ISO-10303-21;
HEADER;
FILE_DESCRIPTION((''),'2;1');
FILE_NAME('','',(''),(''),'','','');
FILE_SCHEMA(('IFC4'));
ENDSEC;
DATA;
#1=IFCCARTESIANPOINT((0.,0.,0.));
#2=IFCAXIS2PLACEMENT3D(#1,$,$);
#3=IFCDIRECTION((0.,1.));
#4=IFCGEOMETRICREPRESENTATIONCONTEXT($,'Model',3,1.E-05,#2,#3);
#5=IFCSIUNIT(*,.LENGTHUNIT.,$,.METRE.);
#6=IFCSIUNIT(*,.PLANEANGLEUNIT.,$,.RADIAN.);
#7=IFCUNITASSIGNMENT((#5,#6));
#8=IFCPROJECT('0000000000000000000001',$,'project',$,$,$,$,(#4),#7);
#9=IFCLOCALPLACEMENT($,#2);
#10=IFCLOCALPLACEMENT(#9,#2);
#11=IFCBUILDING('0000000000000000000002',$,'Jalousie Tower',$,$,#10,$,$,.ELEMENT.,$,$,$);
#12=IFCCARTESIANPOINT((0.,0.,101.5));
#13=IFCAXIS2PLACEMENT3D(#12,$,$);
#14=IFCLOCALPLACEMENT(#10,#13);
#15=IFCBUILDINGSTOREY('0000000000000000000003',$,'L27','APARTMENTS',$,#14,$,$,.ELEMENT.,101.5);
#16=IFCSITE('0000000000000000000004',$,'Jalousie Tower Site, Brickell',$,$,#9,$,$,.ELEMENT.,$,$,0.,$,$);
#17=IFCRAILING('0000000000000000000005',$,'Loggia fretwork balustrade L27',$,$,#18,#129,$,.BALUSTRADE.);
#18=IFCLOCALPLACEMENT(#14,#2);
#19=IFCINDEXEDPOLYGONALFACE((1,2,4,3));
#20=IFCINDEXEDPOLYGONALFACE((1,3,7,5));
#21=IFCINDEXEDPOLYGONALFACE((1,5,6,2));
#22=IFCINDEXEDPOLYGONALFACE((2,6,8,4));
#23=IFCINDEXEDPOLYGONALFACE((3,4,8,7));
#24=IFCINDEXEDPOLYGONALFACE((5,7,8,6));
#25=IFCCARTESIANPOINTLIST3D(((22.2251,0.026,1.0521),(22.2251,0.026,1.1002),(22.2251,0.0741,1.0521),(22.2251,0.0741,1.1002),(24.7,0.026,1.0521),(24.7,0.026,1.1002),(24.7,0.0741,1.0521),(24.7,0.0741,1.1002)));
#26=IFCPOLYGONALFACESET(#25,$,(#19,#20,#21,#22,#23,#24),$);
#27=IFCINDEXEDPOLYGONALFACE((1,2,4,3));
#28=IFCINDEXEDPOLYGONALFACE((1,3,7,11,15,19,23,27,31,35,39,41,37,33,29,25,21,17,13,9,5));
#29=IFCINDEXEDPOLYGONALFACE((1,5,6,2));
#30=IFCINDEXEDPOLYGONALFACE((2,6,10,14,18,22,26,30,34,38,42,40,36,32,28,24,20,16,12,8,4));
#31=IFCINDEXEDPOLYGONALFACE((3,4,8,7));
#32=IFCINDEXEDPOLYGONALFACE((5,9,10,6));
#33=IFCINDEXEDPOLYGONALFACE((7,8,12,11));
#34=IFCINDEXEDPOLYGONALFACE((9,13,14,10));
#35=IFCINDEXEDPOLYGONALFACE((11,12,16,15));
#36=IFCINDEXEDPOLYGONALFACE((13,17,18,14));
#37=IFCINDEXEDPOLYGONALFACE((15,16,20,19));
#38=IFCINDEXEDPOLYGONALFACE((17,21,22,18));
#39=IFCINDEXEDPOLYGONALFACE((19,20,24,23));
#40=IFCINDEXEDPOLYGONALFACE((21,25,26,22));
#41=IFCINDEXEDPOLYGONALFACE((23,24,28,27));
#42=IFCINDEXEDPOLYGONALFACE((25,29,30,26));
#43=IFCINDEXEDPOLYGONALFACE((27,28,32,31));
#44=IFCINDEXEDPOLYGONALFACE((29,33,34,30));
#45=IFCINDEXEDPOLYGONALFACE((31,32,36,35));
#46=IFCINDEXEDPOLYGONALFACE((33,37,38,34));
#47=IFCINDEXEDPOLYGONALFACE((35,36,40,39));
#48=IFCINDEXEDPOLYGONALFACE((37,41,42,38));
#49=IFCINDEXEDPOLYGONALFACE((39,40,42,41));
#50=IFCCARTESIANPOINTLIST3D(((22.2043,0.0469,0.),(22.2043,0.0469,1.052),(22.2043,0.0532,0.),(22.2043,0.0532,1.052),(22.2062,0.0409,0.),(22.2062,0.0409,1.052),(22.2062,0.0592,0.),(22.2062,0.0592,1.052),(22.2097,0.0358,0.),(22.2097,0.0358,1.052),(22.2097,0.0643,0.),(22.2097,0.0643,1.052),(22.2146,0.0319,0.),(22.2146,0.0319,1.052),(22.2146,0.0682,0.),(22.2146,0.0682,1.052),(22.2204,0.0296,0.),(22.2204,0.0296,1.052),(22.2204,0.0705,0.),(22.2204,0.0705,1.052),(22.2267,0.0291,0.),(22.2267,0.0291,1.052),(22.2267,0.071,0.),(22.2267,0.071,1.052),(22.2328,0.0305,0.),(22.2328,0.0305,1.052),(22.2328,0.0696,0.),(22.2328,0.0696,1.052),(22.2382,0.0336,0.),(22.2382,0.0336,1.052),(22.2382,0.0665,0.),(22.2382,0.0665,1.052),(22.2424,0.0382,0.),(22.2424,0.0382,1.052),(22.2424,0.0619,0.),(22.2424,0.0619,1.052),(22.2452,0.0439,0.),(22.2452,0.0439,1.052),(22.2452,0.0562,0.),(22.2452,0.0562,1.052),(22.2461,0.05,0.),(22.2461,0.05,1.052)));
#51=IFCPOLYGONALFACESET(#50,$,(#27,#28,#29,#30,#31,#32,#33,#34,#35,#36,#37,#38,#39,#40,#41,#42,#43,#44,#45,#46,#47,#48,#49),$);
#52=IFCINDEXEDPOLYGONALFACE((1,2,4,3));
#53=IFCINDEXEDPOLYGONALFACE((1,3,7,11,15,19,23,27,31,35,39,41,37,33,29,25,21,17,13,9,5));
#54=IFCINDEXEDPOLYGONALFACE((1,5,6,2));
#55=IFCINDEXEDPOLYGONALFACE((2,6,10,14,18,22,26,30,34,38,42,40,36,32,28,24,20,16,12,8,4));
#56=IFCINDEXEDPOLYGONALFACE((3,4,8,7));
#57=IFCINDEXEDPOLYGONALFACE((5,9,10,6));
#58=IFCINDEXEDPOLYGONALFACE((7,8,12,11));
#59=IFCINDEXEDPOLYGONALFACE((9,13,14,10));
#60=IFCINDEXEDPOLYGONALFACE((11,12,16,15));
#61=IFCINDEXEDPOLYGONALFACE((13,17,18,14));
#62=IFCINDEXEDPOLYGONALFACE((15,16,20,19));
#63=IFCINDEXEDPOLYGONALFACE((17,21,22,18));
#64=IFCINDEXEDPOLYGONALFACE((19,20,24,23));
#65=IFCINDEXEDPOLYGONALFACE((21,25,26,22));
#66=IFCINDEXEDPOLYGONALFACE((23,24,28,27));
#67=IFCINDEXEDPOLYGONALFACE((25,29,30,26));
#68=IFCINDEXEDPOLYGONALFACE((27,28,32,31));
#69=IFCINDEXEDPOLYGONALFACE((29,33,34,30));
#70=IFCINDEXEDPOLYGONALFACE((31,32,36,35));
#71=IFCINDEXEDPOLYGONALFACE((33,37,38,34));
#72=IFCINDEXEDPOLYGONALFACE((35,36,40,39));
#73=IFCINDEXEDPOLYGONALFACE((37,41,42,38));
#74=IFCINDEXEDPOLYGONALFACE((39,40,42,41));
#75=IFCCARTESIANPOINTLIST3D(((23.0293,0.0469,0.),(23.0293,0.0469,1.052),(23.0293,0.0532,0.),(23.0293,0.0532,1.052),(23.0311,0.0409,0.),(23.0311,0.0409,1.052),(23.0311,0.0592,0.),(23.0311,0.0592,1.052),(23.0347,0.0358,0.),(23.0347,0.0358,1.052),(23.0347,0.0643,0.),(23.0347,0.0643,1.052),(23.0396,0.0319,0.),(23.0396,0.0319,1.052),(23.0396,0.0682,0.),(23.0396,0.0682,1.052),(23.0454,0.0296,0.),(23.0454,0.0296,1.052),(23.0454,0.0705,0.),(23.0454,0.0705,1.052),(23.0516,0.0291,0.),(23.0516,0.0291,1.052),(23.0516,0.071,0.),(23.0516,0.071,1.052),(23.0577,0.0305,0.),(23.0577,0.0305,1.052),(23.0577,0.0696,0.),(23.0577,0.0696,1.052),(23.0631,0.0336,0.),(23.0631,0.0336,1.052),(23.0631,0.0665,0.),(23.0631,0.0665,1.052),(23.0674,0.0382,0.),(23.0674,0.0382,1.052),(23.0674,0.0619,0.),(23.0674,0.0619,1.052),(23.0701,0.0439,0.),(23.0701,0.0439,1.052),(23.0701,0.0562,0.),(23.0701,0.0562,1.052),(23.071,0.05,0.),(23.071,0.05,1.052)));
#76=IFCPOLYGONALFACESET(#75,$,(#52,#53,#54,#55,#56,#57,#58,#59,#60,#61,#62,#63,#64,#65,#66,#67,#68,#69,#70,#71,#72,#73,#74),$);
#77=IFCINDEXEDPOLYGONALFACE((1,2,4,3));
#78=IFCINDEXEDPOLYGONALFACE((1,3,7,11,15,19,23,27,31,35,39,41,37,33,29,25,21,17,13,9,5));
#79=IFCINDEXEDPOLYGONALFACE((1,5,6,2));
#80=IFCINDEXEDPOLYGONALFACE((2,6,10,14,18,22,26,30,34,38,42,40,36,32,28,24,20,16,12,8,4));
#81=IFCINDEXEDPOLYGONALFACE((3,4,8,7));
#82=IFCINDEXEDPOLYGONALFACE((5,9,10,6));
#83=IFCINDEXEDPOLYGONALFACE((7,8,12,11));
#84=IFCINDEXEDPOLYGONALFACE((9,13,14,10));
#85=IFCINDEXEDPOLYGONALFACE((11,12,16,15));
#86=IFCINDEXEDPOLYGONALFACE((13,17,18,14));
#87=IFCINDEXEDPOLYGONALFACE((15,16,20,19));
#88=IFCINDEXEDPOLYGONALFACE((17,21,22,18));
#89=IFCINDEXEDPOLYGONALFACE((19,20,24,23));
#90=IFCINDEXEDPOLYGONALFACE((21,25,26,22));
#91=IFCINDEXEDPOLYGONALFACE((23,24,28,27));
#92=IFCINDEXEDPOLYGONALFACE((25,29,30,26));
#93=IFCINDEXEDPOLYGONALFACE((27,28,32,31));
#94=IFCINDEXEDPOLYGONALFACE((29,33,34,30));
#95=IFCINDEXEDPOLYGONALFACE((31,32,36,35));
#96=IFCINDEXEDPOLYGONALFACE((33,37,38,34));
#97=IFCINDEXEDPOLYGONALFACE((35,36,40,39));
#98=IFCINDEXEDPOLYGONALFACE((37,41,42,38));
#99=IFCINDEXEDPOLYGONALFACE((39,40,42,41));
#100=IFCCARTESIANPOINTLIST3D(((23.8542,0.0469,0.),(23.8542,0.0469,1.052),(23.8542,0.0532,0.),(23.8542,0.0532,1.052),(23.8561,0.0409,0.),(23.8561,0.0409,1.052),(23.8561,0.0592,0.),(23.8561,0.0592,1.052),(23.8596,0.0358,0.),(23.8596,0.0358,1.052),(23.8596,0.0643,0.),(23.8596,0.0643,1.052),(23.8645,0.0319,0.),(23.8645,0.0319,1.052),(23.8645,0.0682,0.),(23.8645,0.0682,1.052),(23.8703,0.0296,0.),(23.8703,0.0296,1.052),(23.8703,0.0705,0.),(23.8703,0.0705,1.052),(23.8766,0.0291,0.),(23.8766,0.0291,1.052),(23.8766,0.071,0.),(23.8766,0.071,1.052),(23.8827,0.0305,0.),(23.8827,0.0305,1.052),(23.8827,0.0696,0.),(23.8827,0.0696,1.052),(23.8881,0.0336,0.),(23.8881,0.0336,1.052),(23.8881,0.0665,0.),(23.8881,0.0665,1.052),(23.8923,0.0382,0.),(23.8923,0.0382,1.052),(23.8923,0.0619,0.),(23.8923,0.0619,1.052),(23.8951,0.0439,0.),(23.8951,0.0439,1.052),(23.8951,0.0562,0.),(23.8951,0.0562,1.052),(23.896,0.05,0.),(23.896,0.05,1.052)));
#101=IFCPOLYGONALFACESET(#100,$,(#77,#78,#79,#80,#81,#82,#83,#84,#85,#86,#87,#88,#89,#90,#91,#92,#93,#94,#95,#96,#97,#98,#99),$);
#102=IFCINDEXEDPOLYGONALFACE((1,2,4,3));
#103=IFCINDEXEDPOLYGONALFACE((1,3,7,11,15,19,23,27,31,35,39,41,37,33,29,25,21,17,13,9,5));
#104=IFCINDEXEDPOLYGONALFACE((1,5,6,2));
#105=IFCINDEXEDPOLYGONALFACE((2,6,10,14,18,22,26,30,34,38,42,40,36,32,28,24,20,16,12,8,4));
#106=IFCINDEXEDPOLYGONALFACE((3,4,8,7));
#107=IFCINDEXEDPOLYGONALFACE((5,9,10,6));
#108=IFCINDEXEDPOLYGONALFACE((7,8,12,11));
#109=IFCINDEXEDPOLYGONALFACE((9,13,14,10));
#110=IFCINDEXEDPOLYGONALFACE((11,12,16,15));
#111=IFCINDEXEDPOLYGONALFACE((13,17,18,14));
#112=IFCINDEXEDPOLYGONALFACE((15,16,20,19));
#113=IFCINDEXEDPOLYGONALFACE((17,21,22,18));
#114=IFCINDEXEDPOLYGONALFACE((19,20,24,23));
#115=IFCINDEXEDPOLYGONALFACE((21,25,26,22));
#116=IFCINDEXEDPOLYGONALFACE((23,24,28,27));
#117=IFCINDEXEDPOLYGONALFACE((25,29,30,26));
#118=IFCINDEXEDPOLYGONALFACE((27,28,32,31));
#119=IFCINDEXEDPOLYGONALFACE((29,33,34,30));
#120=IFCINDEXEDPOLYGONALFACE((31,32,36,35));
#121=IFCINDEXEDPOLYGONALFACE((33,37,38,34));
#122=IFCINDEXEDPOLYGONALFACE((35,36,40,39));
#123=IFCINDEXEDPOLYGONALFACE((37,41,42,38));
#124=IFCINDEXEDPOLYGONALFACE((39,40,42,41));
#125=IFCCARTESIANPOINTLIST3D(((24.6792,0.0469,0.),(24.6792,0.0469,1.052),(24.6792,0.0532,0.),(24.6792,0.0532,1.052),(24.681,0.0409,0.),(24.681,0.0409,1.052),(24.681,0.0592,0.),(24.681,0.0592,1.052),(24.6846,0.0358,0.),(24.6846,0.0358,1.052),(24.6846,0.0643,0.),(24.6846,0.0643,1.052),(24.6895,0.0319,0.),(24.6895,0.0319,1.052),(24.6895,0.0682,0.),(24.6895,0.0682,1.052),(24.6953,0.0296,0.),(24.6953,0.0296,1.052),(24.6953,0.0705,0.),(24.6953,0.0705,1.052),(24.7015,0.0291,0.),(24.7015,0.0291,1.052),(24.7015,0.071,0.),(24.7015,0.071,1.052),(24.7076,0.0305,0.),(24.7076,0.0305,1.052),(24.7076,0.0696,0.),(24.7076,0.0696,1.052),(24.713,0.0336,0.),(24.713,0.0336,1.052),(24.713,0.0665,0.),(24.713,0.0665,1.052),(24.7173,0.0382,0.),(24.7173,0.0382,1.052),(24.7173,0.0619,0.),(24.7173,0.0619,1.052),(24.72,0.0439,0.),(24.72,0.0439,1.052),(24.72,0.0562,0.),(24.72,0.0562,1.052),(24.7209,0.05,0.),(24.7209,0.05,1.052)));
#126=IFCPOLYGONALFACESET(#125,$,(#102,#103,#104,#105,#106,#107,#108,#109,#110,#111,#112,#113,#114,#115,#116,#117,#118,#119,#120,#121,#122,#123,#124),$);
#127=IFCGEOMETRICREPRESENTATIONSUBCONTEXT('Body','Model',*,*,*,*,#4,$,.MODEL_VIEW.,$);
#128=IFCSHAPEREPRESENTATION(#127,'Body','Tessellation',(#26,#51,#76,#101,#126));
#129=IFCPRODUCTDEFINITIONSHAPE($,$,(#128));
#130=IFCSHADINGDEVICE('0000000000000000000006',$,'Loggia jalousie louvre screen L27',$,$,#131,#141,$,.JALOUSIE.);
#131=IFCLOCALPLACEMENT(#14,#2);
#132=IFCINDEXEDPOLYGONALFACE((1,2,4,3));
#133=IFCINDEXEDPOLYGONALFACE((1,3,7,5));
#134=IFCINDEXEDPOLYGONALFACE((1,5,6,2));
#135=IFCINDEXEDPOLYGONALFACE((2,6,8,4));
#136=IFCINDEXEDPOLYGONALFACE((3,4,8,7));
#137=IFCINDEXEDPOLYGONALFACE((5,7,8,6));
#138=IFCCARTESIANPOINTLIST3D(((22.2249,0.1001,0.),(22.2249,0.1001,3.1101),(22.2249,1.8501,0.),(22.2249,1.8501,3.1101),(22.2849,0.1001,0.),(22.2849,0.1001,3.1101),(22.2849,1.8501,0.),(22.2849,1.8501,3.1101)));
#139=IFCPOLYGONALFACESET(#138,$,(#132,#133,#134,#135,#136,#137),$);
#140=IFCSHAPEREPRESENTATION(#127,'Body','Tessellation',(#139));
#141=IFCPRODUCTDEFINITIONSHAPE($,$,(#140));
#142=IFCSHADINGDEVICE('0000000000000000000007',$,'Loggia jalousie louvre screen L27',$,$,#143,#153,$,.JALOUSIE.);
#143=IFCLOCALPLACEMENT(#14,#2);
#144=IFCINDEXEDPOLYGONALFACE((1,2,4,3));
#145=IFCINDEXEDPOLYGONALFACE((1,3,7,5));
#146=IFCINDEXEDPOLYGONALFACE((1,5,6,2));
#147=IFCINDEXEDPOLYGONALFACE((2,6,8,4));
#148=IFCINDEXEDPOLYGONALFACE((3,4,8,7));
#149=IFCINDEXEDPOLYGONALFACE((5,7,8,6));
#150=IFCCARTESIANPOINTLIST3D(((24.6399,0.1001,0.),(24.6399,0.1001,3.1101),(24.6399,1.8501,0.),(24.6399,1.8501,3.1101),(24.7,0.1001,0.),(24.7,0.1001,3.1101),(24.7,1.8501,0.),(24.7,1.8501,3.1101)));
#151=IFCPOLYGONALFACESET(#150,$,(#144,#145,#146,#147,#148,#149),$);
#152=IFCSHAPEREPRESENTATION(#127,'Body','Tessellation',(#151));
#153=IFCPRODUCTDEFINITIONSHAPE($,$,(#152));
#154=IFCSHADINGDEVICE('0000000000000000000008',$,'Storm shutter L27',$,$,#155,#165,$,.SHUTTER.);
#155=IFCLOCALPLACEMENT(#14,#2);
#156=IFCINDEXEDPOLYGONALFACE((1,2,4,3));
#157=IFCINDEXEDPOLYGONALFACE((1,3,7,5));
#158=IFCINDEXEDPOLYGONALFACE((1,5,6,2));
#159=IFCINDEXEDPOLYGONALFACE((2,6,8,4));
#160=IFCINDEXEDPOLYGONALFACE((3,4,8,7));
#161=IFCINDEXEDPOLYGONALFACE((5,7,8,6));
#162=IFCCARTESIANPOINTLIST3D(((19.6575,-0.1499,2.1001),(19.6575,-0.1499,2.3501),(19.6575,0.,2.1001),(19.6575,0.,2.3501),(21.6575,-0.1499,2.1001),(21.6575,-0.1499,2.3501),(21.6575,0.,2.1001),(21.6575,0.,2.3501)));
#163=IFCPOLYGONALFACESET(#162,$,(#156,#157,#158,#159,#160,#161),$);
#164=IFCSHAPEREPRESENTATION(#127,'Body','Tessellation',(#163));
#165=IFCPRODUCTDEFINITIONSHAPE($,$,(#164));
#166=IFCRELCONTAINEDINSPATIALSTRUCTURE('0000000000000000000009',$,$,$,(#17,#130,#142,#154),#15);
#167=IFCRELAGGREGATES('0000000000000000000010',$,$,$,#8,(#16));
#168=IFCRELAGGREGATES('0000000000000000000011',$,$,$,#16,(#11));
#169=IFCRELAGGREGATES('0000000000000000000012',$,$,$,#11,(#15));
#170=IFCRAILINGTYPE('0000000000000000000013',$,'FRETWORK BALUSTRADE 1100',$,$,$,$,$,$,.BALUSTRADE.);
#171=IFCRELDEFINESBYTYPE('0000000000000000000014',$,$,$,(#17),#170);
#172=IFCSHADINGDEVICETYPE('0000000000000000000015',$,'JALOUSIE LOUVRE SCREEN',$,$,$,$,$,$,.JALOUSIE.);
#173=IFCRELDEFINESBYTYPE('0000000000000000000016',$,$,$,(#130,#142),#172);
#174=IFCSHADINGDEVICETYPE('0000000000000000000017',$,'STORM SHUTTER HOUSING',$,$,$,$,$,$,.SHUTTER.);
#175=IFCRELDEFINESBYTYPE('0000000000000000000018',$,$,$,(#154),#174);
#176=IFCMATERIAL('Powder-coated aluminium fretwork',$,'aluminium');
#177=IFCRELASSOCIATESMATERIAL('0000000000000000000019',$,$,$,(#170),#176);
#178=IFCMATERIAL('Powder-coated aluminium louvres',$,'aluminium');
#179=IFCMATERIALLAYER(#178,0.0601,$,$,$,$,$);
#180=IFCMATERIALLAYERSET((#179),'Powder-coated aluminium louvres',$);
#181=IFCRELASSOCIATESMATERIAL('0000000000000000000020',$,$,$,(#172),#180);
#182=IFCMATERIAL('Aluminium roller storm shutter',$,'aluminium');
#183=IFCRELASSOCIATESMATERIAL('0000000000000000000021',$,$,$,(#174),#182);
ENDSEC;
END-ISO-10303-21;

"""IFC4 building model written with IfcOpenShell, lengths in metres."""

from ifc_helpers import new_model, si_unit, direction, frame, origin, origin_2d, place, context, subcontext, project, spatial, rectangle, circle, extrude, material, layer, layer_set, type_object, element, save


model = new_model("IFC4")

# Units and contexts
model_context = context("Model", 3, precision=1e-05, world=origin(), true_north=direction((0.0, 1.0)))
body_context = subcontext(model_context, "Body", "Model", "MODEL_VIEW")
ifc_project = project(units=[si_unit("LENGTHUNIT", "METRE"), si_unit("PLANEANGLEUNIT", "RADIAN")], contexts=[model_context])

# Site, building, storey
site_placement = place(None, origin())
site = spatial("IfcSite", under=ifc_project, at=site_placement, Name="Jalousie Tower Site, Brickell", CompositionType="ELEMENT", RefElevation=0.0)
building_placement = place(site_placement, origin())
building = spatial("IfcBuilding", under=site, at=building_placement, Name="Jalousie Tower", CompositionType="ELEMENT")
storey_placement = place(building_placement, frame((0.0, 0.0, 101.5)))
storey = spatial("IfcBuildingStorey", under=building, at=storey_placement, Name="L27", Description="APARTMENTS", CompositionType="ELEMENT", Elevation=101.5)

# Railing
ifc_material_1 = material(Name="Powder-coated aluminium fretwork", Category="aluminium")
railing_type = type_object("IfcRailingType", Name="FRETWORK BALUSTRADE 1100", PredefinedType="BALUSTRADE", material=ifc_material_1)
railing_placement = place(storey_placement, frame((22.2251, 0.05, 0.0)))
element("IfcRailing", 1, at=railing_placement, inside=storey, type_object=railing_type, Name="Loggia fretwork balustrade L27", PredefinedType="BALUSTRADE", context=body_context, shape_type="SweptSolid", body=[
    extrude(rectangle(XDim=0.0481, YDim=0.0481, at=origin_2d()), frame((0.0, 0.0, 1.0762), z_axis=(1.0, 0.0, 0.0), x_axis=(0.0, 1.0, 0.0)), (0.0, 0.0, 1.0), 2.4749),
    extrude(circle(Radius=0.021, at=origin_2d()), origin(), (0.0, 0.0, 1.0), 1.052),
    extrude(circle(Radius=0.021, at=origin_2d()), frame((0.825, 0.0, 0.0)), (0.0, 0.0, 1.0), 1.052),
    extrude(circle(Radius=0.021, at=origin_2d()), frame((1.6499, 0.0, 0.0)), (0.0, 0.0, 1.0), 1.052),
    extrude(circle(Radius=0.021, at=origin_2d()), frame((2.4749, 0.0, 0.0)), (0.0, 0.0, 1.0), 1.052),
])

# Shading devices
ifc_material_2 = material(Name="Powder-coated aluminium louvres", Category="aluminium")
ifc_layer_1 = layer(ifc_material_2, 0.0601)
ifc_layer_set_1 = layer_set([ifc_layer_1], Name="Powder-coated aluminium louvres")
shading_device_type_1 = type_object("IfcShadingDeviceType", Name="JALOUSIE LOUVRE SCREEN", PredefinedType="JALOUSIE", material=ifc_layer_set_1)
for number, where, z_axis, x_axis, name in (
    (2, (22.2549, 0.9751, 0.0), (0.0, 0.0, 1.0), (1.0, 0.0, 0.0), "Loggia jalousie louvre screen L27"),
    (3, (24.6699, 0.9751, 0.0), (0.0, 0.0, 1.0), (1.0, 0.0, 0.0), "Loggia jalousie louvre screen L27"),
):
    element("IfcShadingDevice", number, at=place(storey_placement, frame(where, z_axis=z_axis, x_axis=x_axis)), inside=storey, type_object=shading_device_type_1, Name=name, PredefinedType="JALOUSIE", context=body_context, shape_type="SweptSolid", body=[
        extrude(rectangle(XDim=0.0601, YDim=1.75, at=origin_2d()), origin(), (0.0, 0.0, 1.0), 3.1101),
    ])
ifc_material_3 = material(Name="Aluminium roller storm shutter", Category="aluminium")
shading_device_type_2 = type_object("IfcShadingDeviceType", Name="STORM SHUTTER HOUSING", PredefinedType="SHUTTER", material=ifc_material_3)
shading_device_1_placement = place(storey_placement, frame((20.6575, -0.075, 2.1001), z_axis=(0.0, 0.0, 1.0), x_axis=(1.0, 0.0, 0.0)))
element("IfcShadingDevice", 4, at=shading_device_1_placement, inside=storey, type_object=shading_device_type_2, Name="Storm shutter L27", PredefinedType="SHUTTER", context=body_context, shape_type="SweptSolid", body=[
    extrude(rectangle(XDim=2.0, YDim=0.1499, at=origin_2d()), origin(), (0.0, 0.0, 1.0), 0.25),
])

save(model, "model.ifc")
